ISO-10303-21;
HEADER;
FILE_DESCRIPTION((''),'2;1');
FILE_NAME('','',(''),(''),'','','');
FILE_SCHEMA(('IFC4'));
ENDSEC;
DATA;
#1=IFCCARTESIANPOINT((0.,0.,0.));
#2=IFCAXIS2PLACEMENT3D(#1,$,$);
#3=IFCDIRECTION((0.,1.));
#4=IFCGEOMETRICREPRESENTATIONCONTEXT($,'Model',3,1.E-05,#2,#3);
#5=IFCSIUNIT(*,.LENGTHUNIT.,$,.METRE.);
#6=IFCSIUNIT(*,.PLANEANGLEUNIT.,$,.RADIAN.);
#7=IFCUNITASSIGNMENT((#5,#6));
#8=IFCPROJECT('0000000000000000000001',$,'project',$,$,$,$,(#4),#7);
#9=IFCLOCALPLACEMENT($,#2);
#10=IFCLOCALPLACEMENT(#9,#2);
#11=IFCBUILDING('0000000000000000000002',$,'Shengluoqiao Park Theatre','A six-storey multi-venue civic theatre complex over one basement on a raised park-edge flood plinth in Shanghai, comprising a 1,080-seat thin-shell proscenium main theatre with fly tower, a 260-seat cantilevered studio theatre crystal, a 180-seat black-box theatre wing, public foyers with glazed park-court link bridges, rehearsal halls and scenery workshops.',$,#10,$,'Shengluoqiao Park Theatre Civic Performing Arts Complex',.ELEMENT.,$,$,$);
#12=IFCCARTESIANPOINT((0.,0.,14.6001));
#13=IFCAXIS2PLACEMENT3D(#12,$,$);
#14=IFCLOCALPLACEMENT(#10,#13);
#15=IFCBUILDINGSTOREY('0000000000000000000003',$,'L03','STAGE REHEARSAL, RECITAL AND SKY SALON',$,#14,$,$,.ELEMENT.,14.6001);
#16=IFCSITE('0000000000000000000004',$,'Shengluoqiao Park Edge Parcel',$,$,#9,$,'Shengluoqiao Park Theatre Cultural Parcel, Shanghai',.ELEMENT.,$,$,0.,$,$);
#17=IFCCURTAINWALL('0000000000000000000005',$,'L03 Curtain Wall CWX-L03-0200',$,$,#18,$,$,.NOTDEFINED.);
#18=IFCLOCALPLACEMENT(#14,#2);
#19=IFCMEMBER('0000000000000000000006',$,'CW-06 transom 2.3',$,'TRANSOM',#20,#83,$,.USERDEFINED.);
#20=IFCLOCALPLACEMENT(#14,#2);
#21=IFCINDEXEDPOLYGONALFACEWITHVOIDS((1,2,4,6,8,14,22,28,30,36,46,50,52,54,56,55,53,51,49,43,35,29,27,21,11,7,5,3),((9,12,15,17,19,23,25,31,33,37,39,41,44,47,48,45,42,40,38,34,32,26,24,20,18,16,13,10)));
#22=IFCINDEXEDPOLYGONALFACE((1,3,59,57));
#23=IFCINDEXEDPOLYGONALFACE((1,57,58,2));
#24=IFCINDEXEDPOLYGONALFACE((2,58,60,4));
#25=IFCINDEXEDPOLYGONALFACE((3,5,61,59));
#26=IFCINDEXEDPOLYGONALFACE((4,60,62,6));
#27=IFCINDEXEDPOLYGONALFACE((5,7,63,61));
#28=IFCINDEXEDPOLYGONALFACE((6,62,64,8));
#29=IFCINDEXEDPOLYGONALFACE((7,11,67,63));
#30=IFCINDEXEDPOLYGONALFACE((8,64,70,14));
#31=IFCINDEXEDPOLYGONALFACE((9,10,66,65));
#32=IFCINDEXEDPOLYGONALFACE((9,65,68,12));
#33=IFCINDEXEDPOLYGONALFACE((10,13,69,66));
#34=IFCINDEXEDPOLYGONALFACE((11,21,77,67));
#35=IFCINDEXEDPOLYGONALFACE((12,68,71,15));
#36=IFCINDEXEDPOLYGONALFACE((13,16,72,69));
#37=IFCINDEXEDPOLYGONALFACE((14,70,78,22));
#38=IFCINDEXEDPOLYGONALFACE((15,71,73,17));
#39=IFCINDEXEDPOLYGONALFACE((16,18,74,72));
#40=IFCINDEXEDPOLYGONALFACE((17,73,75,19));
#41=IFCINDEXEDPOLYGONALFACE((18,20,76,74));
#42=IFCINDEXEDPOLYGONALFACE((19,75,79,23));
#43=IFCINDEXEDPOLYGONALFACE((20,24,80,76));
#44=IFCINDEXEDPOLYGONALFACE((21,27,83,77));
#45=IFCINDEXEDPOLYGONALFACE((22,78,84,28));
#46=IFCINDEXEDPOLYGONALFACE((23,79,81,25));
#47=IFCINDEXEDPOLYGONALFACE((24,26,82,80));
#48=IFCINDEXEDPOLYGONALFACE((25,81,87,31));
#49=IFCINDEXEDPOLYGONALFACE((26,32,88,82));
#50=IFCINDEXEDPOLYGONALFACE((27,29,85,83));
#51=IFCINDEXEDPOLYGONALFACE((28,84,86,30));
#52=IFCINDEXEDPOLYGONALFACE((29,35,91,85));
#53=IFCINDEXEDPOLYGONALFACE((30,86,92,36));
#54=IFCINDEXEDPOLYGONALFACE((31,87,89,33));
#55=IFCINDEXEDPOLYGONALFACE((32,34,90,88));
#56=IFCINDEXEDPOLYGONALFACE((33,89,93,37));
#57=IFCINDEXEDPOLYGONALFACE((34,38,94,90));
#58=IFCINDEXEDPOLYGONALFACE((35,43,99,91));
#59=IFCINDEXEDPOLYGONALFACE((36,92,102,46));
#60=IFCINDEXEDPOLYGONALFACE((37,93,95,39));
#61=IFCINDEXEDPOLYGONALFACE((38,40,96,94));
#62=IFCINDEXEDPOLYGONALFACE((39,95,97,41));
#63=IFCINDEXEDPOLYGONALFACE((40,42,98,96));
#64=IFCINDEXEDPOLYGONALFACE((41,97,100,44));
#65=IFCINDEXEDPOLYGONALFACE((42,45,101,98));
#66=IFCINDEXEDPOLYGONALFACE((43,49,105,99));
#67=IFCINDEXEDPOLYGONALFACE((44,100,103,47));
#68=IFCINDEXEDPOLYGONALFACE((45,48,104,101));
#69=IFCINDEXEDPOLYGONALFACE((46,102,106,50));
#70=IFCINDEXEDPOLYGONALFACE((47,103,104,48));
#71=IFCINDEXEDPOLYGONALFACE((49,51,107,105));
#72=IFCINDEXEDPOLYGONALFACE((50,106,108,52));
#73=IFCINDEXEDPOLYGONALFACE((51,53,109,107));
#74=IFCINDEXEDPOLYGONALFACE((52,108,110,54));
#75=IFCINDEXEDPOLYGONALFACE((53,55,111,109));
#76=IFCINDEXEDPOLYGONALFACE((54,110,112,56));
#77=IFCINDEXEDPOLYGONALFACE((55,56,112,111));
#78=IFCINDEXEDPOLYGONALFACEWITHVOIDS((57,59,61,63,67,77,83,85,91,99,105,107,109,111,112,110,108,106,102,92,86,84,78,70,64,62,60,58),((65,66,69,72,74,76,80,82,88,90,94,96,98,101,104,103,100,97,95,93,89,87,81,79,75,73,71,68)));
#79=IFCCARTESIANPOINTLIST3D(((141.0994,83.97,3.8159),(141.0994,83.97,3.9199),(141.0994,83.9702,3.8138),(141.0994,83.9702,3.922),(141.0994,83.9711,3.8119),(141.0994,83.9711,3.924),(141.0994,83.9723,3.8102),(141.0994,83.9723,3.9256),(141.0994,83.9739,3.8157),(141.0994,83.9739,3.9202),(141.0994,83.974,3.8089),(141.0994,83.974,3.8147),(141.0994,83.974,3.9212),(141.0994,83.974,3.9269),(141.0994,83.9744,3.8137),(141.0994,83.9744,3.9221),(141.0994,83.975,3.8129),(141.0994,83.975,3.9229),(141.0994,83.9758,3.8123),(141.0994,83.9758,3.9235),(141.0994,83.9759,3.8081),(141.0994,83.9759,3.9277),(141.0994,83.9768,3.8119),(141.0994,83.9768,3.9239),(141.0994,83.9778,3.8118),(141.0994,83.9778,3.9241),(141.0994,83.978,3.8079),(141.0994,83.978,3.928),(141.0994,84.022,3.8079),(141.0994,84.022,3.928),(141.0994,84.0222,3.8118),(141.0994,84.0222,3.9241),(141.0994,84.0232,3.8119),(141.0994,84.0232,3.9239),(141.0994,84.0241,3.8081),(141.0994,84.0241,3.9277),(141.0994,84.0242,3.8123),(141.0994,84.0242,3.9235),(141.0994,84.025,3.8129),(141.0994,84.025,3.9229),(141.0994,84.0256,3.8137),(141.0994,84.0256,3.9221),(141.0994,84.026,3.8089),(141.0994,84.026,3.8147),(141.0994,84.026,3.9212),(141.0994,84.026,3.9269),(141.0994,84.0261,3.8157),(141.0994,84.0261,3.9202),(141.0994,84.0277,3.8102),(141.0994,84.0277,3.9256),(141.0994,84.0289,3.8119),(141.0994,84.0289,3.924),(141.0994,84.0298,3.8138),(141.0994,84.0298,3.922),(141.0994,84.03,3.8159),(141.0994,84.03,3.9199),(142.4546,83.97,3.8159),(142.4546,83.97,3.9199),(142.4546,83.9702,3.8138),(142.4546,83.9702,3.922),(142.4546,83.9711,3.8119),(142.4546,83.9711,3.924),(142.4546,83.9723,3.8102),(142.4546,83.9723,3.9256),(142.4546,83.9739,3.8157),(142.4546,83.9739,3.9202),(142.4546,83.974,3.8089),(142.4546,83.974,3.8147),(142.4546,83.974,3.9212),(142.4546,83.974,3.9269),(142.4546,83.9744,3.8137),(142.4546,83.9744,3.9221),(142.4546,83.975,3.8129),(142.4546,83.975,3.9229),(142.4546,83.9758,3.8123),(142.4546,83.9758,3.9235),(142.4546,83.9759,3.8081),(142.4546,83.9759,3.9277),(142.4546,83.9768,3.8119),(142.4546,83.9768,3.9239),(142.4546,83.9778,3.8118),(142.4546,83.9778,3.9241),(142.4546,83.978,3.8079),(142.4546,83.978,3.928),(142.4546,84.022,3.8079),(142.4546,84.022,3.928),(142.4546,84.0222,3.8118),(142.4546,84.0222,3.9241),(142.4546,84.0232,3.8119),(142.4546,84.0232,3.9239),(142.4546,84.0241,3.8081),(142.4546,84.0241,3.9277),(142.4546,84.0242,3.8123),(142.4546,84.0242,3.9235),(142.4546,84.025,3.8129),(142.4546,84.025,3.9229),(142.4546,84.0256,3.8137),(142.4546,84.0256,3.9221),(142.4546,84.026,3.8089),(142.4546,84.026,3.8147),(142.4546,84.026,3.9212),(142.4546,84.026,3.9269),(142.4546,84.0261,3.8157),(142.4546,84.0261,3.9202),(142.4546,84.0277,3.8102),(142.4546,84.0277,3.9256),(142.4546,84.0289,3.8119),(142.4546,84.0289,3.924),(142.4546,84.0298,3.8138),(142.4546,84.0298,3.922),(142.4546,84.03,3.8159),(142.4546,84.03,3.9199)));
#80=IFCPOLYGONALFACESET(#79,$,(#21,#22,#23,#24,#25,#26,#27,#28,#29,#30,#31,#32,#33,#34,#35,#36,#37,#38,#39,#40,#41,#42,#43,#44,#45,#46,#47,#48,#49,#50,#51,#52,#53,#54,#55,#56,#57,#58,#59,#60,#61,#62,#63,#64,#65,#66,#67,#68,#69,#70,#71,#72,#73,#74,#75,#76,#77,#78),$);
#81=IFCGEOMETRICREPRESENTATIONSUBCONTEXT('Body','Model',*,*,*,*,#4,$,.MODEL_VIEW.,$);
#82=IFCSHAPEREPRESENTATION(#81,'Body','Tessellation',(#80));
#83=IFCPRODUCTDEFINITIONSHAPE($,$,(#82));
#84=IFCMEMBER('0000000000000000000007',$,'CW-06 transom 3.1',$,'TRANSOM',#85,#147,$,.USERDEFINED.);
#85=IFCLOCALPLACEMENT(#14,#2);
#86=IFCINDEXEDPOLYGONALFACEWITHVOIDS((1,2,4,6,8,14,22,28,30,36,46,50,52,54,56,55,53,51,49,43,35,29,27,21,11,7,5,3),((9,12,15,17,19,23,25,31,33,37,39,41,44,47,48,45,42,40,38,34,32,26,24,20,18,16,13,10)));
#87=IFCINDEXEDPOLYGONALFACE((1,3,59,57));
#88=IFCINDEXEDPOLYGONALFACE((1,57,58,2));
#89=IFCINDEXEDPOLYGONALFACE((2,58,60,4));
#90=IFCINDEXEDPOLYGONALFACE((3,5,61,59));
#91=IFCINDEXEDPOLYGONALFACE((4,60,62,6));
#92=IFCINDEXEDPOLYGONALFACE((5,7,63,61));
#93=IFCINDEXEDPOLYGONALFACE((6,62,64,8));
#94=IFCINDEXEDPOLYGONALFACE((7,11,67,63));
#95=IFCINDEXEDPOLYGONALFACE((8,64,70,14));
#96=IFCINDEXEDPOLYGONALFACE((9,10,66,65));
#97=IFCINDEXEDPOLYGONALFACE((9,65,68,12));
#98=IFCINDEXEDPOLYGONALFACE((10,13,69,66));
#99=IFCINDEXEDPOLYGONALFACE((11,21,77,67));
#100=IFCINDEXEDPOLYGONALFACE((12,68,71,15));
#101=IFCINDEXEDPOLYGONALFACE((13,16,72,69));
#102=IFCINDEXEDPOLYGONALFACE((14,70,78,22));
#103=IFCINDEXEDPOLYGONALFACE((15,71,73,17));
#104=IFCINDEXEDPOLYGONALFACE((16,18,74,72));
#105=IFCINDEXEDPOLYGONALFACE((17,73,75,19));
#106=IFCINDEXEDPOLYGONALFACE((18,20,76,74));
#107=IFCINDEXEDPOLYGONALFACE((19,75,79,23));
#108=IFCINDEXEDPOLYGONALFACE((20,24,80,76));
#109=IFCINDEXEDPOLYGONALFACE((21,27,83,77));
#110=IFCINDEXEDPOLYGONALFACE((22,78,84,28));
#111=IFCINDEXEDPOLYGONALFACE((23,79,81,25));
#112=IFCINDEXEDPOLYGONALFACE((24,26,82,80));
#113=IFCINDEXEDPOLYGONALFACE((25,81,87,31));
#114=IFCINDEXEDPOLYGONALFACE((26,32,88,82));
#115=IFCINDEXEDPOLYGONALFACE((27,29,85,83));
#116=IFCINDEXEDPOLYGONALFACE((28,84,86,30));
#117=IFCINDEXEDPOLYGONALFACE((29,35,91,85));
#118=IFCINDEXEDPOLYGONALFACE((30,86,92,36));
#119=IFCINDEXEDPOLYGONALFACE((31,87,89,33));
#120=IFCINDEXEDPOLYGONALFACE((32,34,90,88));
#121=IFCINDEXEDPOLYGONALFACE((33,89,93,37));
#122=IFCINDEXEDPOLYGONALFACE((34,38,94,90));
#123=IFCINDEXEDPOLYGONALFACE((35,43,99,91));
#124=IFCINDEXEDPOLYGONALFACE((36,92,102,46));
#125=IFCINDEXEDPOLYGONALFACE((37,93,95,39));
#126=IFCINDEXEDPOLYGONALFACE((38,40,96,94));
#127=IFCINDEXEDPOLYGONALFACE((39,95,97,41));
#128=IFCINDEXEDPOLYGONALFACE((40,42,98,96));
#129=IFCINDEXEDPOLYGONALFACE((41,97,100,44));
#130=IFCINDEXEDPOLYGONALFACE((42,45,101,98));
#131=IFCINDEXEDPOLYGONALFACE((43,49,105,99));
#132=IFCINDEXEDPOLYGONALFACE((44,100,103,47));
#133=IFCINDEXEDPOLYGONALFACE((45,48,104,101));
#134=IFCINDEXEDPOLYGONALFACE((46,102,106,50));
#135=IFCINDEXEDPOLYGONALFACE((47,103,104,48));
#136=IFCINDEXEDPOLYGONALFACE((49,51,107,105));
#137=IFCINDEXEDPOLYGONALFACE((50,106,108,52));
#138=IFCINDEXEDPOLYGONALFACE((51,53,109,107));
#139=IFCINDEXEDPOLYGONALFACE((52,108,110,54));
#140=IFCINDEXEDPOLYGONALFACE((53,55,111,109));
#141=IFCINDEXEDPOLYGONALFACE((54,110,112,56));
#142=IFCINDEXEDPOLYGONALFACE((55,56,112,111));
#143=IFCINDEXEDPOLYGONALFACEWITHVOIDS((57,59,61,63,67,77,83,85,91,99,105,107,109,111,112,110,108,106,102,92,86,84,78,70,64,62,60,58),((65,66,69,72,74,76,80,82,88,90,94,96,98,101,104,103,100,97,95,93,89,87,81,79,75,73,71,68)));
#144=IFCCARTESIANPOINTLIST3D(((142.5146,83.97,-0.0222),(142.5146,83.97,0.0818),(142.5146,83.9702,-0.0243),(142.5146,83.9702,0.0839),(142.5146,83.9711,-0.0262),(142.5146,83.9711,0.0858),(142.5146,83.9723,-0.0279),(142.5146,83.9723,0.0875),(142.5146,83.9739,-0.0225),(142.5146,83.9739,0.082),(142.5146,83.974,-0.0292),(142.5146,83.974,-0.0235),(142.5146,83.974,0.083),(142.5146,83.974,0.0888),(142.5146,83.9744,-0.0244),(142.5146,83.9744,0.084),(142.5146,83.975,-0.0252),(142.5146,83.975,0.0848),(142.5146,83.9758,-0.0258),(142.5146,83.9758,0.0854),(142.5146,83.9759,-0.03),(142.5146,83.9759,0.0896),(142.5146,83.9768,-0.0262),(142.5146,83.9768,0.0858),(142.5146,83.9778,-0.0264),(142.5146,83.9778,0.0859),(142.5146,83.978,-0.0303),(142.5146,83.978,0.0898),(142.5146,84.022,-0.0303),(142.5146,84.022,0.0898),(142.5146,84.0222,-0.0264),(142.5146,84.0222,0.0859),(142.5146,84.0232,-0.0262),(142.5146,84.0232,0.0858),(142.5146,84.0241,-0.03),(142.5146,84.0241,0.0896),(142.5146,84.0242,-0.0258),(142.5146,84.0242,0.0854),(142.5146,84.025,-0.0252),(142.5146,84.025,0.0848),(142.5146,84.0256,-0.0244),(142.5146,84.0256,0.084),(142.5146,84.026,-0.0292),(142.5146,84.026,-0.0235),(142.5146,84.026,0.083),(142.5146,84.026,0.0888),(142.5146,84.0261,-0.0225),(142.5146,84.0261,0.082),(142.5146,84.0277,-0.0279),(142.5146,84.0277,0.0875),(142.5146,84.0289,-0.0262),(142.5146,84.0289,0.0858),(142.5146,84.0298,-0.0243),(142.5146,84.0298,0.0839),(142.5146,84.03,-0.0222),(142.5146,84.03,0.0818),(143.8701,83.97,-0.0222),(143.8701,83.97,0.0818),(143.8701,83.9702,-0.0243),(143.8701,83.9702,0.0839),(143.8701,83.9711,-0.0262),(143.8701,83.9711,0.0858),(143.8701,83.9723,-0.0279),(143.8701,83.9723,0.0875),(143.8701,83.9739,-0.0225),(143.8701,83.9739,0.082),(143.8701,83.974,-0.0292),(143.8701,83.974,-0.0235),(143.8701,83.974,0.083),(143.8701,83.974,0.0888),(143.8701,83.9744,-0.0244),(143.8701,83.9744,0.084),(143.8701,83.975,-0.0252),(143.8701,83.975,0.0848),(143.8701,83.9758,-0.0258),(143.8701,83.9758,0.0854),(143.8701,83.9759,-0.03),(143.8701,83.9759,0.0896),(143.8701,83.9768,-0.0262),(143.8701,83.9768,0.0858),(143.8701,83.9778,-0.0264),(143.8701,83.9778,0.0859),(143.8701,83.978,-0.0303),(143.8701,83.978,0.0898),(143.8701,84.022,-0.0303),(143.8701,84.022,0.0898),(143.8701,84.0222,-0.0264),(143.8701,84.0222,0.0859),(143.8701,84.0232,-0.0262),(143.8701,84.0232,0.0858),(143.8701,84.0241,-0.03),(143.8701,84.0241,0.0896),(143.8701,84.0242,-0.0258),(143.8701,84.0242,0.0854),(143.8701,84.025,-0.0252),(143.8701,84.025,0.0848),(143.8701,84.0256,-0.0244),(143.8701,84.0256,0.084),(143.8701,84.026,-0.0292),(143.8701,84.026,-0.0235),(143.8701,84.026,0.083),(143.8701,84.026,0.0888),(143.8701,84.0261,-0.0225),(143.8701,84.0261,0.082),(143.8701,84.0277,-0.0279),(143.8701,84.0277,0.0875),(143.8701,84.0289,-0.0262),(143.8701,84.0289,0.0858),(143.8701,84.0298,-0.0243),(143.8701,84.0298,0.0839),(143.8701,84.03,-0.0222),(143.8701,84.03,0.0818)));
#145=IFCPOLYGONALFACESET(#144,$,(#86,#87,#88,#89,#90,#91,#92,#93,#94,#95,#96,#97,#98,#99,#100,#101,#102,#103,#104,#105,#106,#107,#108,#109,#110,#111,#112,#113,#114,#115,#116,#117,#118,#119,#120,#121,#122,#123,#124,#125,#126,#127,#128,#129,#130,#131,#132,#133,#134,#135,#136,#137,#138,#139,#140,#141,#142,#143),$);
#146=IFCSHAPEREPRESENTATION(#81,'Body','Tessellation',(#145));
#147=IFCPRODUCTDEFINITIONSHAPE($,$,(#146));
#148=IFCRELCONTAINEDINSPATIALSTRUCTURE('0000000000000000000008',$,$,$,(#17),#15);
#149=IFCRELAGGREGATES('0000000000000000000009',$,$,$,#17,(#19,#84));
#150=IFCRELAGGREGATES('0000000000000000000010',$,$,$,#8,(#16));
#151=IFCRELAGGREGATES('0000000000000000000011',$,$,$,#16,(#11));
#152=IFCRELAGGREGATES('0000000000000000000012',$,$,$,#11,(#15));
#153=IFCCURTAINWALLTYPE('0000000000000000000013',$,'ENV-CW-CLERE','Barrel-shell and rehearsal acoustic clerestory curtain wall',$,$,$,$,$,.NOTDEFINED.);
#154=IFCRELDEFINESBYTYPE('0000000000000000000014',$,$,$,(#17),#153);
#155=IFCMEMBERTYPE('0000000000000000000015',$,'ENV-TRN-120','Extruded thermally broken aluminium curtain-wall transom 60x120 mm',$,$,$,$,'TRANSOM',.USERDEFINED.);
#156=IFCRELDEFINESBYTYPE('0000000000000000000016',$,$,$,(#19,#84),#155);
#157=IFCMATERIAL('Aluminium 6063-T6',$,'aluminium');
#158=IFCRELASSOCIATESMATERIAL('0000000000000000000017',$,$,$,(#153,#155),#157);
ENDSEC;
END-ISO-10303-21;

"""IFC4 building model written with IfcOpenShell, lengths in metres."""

from ifc_helpers import new_model, si_unit, direction, frame, origin, origin_2d, place, context, subcontext, project, spatial, hollow_rectangle, extrude, material, material_profile, profile_set, type_object, element, aggregate, save


model = new_model("IFC4")

# Units and contexts
model_context = context("Model", 3, precision=1e-05, world=origin(), true_north=direction((0.0, 1.0)))
body_context = subcontext(model_context, "Body", "Model", "MODEL_VIEW")
ifc_project = project(units=[si_unit("LENGTHUNIT", "METRE"), si_unit("PLANEANGLEUNIT", "RADIAN")], contexts=[model_context])

# Site, building, storey
site_placement = place(None, origin())
site = spatial("IfcSite", under=ifc_project, at=site_placement, Name="Shengluoqiao Park Edge Parcel", LongName="Shengluoqiao Park Theatre Cultural Parcel, Shanghai", CompositionType="ELEMENT", RefElevation=0.0)
building_placement = place(site_placement, origin())
building = spatial("IfcBuilding", under=site, at=building_placement, Name="Shengluoqiao Park Theatre", Description="A six-storey multi-venue civic theatre complex over one basement on a raised park-edge flood plinth in Shanghai, comprising a 1,080-seat thin-shell proscenium main theatre with fly tower, a 260-seat cantilevered studio theatre crystal, a 180-seat black-box theatre wing, public foyers with glazed park-court link bridges, rehearsal halls and scenery workshops.", LongName="Shengluoqiao Park Theatre Civic Performing Arts Complex", CompositionType="ELEMENT")
storey_placement = place(building_placement, frame((0.0, 0.0, 14.6001)))
storey = spatial("IfcBuildingStorey", under=building, at=storey_placement, Name="L03", Description="STAGE REHEARSAL, RECITAL AND SKY SALON", CompositionType="ELEMENT", Elevation=14.6001)

# Curtain wall, members
ifc_material_1 = material(Name="Aluminium 6063-T6", Category="aluminium")
curtain_wall_type = type_object("IfcCurtainWallType", Name="ENV-CW-CLERE", Description="Barrel-shell and rehearsal acoustic clerestory curtain wall", PredefinedType="NOTDEFINED", material=ifc_material_1)
curtain_wall_placement = place(storey_placement, origin())
curtain_wall = element("IfcCurtainWall", 1, at=curtain_wall_placement, inside=storey, type_object=curtain_wall_type, Name="L03 Curtain Wall CWX-L03-0200", PredefinedType="NOTDEFINED")
ifc_material_profile_1 = material_profile(ifc_material_1, hollow_rectangle(XDim=0.0601, YDim=0.1201, WallThickness=0.0039, InnerFilletRadius=0.0039, OuterFilletRadius=0.0081, at=origin_2d()), Name="ALU TRANSOM 120x60x4")
ifc_profile_set_1 = profile_set([ifc_material_profile_1], Name="Aluminium 6063-T6")
member_type_1 = type_object("IfcMemberType", Name="ENV-TRN-120", Description="Extruded thermally broken aluminium curtain-wall transom 60x120 mm", ElementType="TRANSOM", PredefinedType="USERDEFINED", material=ifc_profile_set_1)
member_1_placement = place(storey_placement, frame((141.0994, 84.0, 3.8679), z_axis=(1.0, 0.0, 0.0), x_axis=(0.0, 1.0, 0.0)))
member_1 = element("IfcMember", 2, at=member_1_placement, type_object=member_type_1, Name="CW-06 transom 2.3", ObjectType="TRANSOM", PredefinedType="USERDEFINED", context=body_context, shape_type="SweptSolid", body=[
    extrude(hollow_rectangle(XDim=0.0601, YDim=0.1201, WallThickness=0.0039, InnerFilletRadius=0.0039, OuterFilletRadius=0.0081, at=origin_2d()), origin(), (0.0, 0.0, 1.0), 1.3552),
])
member_2_placement = place(storey_placement, frame((142.5146, 84.0, 0.0298), z_axis=(1.0, 0.0, 0.0), x_axis=(0.0, 1.0, 0.0)))
member_2 = element("IfcMember", 3, at=member_2_placement, type_object=member_type_1, Name="CW-06 transom 3.1", ObjectType="TRANSOM", PredefinedType="USERDEFINED", context=body_context, shape_type="SweptSolid", body=[
    extrude(hollow_rectangle(XDim=0.0601, YDim=0.1201, WallThickness=0.0039, InnerFilletRadius=0.0039, OuterFilletRadius=0.0081, at=origin_2d()), origin(), (0.0, 0.0, 1.0), 1.3555),
])
aggregate(curtain_wall, [member_1, member_2])

save(model, "model.ifc")
